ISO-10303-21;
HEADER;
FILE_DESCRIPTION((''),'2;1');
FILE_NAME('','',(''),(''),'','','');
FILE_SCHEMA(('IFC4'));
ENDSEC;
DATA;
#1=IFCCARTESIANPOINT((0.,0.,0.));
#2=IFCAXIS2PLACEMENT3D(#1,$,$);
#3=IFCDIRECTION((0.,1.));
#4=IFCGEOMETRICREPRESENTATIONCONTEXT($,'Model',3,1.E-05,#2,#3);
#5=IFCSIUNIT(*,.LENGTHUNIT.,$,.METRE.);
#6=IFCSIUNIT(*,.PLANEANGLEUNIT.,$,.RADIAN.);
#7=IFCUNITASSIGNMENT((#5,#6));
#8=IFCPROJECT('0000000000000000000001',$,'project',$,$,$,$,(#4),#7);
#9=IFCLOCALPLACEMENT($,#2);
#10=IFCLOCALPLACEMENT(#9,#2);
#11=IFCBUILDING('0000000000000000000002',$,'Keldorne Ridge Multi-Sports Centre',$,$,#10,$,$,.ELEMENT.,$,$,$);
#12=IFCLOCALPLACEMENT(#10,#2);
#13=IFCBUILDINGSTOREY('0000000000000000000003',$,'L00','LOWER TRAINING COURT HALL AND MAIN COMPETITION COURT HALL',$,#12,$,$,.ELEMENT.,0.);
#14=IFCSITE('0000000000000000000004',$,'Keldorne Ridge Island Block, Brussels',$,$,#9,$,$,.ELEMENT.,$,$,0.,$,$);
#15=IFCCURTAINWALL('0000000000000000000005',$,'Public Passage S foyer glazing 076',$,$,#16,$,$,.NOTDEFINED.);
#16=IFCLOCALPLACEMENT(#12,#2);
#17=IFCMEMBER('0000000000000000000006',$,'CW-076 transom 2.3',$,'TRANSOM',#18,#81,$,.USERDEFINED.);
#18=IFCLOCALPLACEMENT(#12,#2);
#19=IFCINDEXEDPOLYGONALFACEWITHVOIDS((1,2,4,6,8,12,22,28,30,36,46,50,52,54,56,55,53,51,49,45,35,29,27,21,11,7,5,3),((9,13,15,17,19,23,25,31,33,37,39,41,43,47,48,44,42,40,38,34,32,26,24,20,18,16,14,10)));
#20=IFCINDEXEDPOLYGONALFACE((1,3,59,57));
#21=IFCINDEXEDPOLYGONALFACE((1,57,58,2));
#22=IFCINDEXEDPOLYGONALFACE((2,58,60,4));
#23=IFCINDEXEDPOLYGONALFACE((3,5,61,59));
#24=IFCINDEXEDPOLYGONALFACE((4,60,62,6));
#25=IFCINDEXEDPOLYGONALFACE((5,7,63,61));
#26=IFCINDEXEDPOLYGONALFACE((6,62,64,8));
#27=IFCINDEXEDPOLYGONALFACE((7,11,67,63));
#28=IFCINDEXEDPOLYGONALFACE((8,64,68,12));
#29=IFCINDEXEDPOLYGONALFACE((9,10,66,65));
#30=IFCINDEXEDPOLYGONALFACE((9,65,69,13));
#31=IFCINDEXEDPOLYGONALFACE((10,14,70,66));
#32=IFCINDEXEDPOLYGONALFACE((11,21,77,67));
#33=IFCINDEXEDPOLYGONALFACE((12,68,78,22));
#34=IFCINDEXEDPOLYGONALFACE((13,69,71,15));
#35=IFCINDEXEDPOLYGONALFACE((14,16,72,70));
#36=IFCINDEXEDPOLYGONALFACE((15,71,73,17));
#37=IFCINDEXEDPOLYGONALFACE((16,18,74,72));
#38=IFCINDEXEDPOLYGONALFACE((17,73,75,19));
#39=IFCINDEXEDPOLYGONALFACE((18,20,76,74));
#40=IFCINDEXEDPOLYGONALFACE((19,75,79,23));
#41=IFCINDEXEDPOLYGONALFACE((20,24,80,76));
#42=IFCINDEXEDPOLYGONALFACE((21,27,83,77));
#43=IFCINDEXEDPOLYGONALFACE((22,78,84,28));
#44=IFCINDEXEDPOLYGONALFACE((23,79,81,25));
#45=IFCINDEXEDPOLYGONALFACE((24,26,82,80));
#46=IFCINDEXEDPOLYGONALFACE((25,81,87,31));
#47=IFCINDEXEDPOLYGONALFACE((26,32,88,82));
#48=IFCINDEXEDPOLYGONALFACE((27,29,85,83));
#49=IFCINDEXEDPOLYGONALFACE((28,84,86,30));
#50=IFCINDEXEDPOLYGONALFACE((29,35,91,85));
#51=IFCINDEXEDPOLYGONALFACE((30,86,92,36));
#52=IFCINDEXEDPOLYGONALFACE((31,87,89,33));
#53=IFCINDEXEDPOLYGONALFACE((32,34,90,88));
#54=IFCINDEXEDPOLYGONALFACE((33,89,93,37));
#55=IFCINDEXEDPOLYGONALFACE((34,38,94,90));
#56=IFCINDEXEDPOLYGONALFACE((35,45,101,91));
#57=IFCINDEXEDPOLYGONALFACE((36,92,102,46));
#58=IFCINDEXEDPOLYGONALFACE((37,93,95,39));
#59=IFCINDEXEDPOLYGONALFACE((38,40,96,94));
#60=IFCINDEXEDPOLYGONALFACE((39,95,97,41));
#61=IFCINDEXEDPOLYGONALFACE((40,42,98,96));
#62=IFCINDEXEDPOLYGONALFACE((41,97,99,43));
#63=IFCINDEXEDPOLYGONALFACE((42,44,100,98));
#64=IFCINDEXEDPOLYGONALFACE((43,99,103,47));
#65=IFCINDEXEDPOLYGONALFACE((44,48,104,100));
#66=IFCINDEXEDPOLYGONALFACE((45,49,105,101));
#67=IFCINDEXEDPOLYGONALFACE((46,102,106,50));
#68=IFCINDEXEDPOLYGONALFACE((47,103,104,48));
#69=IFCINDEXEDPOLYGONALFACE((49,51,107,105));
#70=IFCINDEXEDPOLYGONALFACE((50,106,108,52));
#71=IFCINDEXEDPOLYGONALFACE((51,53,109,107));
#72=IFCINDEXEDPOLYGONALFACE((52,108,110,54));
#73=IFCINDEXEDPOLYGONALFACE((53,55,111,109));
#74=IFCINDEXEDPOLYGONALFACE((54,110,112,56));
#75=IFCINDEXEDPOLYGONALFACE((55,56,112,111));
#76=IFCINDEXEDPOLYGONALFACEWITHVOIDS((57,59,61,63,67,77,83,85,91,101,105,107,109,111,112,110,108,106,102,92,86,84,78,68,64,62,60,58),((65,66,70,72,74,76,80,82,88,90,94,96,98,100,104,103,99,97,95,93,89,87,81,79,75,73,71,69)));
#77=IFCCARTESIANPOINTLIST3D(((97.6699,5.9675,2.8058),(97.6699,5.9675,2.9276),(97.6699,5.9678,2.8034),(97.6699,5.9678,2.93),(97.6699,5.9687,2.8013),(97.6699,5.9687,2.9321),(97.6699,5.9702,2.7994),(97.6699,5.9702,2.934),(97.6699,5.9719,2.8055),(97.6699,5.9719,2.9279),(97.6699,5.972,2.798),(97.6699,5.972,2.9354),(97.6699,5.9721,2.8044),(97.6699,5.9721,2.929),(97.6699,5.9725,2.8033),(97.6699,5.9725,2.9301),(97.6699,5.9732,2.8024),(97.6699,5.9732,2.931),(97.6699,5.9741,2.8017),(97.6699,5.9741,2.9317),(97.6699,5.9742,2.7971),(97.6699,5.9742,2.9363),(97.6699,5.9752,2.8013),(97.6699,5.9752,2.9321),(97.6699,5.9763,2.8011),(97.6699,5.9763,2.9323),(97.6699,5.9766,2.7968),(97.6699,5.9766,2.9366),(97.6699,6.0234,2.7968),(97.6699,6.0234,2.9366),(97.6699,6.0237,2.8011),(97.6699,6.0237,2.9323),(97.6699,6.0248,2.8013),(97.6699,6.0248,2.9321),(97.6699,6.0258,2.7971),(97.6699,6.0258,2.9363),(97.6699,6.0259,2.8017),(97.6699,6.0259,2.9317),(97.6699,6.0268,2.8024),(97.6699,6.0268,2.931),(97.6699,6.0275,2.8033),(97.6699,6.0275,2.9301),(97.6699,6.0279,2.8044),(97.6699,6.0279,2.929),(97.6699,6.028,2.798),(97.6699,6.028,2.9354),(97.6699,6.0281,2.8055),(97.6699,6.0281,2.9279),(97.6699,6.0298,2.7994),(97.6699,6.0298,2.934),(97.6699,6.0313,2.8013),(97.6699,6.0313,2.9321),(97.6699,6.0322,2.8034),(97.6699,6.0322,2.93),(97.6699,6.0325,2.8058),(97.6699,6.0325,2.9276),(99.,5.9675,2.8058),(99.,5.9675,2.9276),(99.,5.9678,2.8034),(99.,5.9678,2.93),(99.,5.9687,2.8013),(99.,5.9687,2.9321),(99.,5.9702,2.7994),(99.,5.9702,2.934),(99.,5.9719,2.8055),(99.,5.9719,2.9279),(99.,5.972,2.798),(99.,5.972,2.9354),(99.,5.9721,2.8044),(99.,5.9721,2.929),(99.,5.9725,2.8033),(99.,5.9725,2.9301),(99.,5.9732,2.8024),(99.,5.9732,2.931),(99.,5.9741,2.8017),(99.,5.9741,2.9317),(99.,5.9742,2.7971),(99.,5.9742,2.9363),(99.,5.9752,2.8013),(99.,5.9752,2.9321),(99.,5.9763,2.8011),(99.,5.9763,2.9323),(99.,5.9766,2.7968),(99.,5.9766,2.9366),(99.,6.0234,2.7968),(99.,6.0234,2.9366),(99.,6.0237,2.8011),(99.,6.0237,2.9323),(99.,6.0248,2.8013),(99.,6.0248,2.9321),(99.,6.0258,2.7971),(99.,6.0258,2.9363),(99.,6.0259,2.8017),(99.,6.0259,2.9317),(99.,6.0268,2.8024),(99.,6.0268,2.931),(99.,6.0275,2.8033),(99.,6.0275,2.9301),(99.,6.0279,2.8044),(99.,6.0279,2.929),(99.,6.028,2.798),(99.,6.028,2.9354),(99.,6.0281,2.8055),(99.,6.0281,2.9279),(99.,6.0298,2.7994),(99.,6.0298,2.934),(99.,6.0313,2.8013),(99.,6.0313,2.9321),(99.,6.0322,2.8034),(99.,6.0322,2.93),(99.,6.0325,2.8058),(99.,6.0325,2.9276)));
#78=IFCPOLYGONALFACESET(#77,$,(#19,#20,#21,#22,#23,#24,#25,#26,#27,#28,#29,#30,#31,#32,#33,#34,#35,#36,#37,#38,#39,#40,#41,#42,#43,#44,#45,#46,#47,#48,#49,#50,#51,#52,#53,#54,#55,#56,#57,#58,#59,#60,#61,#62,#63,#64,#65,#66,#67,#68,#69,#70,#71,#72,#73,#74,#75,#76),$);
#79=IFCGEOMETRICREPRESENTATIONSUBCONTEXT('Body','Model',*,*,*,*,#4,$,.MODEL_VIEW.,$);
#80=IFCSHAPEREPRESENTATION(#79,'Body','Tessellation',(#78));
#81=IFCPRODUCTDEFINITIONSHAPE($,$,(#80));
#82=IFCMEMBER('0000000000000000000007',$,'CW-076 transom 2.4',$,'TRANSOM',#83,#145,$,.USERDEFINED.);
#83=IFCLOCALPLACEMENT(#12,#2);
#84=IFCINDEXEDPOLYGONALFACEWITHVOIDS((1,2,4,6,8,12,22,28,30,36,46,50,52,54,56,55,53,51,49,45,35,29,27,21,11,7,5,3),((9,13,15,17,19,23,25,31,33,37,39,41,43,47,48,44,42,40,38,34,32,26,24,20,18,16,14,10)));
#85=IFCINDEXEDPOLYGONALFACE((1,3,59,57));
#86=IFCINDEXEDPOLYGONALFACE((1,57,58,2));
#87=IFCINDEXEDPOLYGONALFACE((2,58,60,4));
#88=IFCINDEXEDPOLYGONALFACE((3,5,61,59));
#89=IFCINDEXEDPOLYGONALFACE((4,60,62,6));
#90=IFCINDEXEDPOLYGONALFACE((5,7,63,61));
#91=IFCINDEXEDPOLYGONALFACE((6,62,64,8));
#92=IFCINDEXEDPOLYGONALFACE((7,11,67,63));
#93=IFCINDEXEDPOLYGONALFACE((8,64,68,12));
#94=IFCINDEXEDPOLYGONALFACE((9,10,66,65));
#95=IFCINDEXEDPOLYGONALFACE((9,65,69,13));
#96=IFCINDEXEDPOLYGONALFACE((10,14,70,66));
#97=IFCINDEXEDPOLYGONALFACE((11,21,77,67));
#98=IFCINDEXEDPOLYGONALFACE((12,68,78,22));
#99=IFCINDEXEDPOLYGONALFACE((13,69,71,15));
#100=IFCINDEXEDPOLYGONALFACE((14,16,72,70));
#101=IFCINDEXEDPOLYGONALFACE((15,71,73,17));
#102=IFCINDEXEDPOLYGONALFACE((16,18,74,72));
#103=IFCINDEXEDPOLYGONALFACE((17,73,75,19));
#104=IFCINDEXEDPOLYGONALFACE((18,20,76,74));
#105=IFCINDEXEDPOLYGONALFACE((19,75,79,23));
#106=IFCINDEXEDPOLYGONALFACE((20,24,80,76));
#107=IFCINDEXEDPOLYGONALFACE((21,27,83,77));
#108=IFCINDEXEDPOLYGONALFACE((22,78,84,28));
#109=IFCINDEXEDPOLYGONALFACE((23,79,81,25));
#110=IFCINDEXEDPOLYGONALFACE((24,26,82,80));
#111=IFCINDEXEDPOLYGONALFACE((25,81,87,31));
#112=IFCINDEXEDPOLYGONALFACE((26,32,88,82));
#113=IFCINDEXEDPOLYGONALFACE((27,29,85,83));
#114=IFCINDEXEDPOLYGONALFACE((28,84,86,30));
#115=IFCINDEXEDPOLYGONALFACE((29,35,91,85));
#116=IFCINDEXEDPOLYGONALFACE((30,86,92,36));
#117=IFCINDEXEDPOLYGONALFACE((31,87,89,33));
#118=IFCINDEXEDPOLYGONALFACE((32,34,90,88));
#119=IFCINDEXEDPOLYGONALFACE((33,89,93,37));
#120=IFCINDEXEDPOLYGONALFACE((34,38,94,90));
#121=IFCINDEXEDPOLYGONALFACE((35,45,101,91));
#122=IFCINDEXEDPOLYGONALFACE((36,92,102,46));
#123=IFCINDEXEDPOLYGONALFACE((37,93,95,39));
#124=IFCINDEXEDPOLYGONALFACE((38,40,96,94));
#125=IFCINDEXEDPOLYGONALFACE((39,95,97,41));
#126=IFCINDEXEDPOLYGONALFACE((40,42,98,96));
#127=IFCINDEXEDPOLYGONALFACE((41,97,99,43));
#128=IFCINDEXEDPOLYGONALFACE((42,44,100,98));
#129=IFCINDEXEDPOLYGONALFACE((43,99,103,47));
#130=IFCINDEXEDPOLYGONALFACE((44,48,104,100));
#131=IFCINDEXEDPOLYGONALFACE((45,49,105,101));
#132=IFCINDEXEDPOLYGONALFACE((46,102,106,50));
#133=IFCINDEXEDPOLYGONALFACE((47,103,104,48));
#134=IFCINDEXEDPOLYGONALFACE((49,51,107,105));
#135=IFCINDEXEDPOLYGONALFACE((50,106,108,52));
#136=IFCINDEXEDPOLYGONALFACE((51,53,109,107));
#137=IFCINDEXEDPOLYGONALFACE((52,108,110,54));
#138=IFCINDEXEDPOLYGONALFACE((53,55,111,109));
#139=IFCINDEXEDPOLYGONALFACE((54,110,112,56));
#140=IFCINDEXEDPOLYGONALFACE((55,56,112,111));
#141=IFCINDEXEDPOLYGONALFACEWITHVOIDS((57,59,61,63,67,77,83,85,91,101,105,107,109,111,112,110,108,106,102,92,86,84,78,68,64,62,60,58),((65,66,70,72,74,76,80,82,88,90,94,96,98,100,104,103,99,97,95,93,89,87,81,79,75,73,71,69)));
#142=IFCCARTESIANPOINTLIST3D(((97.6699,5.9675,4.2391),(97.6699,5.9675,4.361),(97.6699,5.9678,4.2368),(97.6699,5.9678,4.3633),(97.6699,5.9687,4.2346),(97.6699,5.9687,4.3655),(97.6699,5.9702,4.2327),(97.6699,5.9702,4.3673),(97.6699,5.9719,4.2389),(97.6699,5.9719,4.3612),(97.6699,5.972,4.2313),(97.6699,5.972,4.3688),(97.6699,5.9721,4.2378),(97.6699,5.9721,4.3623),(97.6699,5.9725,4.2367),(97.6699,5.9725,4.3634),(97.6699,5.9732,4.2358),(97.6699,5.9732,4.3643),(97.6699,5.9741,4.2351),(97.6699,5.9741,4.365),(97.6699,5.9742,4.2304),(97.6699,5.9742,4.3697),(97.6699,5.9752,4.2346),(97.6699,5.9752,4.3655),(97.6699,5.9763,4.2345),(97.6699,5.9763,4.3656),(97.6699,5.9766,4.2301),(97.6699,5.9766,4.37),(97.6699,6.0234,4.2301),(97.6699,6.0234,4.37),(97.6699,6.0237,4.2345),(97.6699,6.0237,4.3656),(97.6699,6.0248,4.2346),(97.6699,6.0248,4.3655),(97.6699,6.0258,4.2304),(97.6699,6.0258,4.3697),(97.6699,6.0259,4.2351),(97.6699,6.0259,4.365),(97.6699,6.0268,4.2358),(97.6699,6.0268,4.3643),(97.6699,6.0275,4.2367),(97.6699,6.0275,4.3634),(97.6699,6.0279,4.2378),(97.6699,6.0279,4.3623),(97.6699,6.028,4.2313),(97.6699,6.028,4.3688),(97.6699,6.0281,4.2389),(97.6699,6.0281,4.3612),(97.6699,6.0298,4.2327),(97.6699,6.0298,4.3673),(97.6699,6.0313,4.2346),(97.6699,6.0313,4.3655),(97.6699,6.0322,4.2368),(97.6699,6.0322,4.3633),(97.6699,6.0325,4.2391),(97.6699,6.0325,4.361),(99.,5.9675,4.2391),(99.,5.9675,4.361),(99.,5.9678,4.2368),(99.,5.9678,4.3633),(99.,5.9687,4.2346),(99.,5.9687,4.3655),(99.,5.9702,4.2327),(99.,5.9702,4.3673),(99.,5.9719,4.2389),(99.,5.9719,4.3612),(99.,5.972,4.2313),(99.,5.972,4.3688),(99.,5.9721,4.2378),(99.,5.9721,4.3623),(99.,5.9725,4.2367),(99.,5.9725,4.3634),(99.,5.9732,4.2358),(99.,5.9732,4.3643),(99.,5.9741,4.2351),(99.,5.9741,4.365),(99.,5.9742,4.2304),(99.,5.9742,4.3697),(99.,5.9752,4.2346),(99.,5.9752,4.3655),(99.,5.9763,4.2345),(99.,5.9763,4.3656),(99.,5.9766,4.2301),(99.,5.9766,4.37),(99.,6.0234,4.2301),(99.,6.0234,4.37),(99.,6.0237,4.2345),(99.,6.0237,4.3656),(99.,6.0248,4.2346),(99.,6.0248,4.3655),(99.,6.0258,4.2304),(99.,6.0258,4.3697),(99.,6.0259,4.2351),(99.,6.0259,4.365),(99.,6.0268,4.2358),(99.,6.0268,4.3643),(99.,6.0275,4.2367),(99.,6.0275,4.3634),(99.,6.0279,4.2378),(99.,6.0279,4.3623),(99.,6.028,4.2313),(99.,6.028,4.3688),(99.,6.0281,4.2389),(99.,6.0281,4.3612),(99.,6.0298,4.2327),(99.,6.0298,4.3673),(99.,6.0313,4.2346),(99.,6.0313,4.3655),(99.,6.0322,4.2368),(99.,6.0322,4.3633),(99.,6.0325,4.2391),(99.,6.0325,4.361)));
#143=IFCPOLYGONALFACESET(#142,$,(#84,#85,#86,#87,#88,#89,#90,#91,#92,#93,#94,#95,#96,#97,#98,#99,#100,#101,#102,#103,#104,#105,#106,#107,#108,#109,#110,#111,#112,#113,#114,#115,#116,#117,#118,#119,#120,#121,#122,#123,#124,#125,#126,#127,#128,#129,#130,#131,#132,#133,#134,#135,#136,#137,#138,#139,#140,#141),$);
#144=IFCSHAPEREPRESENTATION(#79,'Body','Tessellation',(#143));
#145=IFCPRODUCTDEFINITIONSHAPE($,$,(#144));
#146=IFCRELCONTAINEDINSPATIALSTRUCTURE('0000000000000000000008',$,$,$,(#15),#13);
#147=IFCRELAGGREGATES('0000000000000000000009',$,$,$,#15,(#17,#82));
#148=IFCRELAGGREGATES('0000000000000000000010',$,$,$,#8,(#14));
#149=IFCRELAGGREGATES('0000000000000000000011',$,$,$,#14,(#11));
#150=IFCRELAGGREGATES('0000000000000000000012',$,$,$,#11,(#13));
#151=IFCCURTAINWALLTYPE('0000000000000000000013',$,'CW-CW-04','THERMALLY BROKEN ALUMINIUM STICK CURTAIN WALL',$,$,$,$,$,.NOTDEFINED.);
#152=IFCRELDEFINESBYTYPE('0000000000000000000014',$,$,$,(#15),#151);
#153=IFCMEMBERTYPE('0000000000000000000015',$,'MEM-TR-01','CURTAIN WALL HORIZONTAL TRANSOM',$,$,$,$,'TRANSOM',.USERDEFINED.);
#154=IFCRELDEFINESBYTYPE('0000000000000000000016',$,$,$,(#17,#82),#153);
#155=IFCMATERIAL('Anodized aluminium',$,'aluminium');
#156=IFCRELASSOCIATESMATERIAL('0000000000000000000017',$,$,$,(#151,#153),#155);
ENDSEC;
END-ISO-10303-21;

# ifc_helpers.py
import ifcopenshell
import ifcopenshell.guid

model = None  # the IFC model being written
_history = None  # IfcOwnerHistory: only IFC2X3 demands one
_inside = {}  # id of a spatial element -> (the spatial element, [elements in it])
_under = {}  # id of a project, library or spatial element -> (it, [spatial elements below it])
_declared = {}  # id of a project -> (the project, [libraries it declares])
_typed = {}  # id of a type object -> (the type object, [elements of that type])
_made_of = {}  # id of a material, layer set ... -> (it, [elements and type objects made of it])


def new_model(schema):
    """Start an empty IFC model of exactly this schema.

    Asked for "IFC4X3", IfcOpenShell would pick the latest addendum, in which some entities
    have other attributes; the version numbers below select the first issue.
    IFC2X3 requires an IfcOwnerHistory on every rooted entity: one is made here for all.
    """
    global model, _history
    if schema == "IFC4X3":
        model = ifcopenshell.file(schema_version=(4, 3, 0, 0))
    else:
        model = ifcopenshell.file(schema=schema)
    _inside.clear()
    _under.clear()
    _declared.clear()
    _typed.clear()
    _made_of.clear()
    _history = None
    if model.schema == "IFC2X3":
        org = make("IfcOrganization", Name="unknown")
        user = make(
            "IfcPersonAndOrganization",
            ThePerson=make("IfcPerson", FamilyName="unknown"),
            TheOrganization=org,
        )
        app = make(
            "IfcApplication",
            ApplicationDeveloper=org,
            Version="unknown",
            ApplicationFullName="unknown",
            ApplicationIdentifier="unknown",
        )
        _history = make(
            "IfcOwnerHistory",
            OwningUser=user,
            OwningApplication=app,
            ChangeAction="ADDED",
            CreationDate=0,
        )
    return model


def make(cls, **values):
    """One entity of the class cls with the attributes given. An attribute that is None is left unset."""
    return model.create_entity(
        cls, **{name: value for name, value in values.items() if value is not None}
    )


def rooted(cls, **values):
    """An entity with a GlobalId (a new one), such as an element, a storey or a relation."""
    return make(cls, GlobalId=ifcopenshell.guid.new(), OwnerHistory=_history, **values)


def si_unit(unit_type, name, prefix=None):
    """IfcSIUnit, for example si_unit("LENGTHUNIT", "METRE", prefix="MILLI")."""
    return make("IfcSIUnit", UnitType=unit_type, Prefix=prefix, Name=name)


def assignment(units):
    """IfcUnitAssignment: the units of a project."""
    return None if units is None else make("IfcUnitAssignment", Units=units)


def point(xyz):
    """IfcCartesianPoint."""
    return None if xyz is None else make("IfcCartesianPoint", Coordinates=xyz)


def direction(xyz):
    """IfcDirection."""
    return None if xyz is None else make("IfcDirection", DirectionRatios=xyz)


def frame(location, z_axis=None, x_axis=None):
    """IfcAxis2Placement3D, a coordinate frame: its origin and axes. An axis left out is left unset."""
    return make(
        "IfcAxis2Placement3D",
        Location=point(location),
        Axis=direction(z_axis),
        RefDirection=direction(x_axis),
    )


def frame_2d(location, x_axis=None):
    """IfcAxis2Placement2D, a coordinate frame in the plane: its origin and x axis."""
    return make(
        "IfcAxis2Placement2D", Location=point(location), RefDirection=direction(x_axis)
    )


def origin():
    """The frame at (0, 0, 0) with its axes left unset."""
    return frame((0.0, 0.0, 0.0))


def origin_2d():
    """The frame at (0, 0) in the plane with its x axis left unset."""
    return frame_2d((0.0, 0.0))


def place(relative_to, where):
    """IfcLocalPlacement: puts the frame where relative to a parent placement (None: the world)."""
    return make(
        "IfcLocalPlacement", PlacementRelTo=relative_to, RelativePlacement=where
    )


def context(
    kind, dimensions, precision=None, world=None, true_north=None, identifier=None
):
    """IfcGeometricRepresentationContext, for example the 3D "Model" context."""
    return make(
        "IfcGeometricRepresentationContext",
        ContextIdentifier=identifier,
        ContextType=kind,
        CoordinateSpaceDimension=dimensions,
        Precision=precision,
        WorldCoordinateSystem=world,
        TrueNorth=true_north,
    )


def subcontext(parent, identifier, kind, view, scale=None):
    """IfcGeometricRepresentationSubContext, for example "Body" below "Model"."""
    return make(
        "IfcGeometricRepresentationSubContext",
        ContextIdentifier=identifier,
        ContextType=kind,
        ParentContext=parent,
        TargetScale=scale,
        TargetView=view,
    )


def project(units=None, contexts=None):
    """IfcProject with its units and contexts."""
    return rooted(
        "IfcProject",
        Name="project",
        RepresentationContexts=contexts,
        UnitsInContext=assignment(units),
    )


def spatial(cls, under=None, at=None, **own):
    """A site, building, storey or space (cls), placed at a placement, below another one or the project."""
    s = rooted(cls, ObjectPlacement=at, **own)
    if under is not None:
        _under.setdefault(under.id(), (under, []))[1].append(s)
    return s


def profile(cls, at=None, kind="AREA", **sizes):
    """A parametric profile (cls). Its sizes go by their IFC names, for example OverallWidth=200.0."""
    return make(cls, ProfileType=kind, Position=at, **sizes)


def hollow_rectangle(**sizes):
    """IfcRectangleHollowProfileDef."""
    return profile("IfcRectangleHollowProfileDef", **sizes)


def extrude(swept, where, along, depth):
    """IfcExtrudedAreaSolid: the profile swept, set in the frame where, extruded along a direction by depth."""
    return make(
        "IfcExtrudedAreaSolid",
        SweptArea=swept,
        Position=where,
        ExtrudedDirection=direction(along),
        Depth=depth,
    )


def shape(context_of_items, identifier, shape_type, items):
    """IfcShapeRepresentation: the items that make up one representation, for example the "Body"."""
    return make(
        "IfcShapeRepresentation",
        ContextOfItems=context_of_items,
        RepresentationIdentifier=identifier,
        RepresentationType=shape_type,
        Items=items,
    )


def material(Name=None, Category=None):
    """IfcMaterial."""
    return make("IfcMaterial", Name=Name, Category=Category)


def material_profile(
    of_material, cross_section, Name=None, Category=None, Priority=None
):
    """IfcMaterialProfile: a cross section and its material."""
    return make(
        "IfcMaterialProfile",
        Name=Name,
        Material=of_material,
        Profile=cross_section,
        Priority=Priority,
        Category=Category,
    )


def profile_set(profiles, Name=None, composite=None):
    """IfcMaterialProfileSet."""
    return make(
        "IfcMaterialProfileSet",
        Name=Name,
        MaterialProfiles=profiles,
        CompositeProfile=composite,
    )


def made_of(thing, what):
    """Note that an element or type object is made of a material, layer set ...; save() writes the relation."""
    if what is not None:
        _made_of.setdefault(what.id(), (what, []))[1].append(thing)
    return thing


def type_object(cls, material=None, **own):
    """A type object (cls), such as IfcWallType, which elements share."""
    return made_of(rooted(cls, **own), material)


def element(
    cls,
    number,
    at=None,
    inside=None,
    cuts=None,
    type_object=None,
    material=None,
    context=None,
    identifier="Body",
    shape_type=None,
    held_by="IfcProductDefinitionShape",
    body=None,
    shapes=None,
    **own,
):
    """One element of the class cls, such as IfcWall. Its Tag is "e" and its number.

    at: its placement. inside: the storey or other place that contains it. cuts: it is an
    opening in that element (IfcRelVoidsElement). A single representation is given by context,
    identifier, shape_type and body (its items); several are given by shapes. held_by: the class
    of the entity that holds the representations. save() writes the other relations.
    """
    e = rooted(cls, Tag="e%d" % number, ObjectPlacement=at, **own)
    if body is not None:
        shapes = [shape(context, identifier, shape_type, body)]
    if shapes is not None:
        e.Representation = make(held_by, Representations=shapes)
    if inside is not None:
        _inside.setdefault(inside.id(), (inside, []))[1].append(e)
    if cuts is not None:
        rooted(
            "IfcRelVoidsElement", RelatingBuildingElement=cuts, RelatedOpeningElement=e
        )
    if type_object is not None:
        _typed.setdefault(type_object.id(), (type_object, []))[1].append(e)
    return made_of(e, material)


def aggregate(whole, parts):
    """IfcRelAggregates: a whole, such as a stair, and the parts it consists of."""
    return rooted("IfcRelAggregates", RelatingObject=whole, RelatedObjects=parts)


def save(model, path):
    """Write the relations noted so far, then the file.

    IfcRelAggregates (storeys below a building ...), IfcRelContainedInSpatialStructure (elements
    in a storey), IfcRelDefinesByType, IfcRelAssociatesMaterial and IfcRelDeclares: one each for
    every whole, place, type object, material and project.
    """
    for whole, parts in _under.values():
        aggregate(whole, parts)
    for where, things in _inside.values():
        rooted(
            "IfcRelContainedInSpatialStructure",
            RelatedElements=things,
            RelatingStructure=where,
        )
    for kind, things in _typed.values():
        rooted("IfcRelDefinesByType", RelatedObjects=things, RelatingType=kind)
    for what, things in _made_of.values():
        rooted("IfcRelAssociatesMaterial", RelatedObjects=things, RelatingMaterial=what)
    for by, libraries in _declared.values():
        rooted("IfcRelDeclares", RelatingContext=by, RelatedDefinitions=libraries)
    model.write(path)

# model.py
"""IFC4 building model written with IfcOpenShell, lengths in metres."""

from ifc_helpers import new_model, si_unit, direction, frame, origin, origin_2d, place, context, subcontext, project, spatial, hollow_rectangle, extrude, material, material_profile, profile_set, type_object, element, aggregate, save


model = new_model("IFC4")

# Units and contexts
model_context = context("Model", 3, precision=1e-05, world=origin(), true_north=direction((0.0, 1.0)))
body_context = subcontext(model_context, "Body", "Model", "MODEL_VIEW")
ifc_project = project(units=[si_unit("LENGTHUNIT", "METRE"), si_unit("PLANEANGLEUNIT", "RADIAN")], contexts=[model_context])

# Site, building, storey
site_placement = place(None, origin())
site = spatial("IfcSite", under=ifc_project, at=site_placement, Name="Keldorne Ridge Island Block, Brussels", CompositionType="ELEMENT", RefElevation=0.0)
building_placement = place(site_placement, origin())
building = spatial("IfcBuilding", under=site, at=building_placement, Name="Keldorne Ridge Multi-Sports Centre", CompositionType="ELEMENT")
storey_placement = place(building_placement, origin())
storey = spatial("IfcBuildingStorey", under=building, at=storey_placement, Name="L00", Description="LOWER TRAINING COURT HALL AND MAIN COMPETITION COURT HALL", CompositionType="ELEMENT", Elevation=0.0)

# Curtain wall, members
ifc_material_1 = material(Name="Anodized aluminium", Category="aluminium")
curtain_wall_type = type_object("IfcCurtainWallType", Name="CW-CW-04", Description="THERMALLY BROKEN ALUMINIUM STICK CURTAIN WALL", PredefinedType="NOTDEFINED", material=ifc_material_1)
curtain_wall_placement = place(storey_placement, origin())
curtain_wall = element("IfcCurtainWall", 1, at=curtain_wall_placement, inside=storey, type_object=curtain_wall_type, Name="Public Passage S foyer glazing 076", PredefinedType="NOTDEFINED")
ifc_material_profile_1 = material_profile(ifc_material_1, hollow_rectangle(XDim=0.0649, YDim=0.1399, WallThickness=0.0044, InnerFilletRadius=0.0044, OuterFilletRadius=0.009, at=origin_2d()), Name="ALU TRANSOM 140x65x4.5")
ifc_profile_set_1 = profile_set([ifc_material_profile_1], Name="Anodized aluminium")
member_type_1 = type_object("IfcMemberType", Name="MEM-TR-01", Description="CURTAIN WALL HORIZONTAL TRANSOM", ElementType="TRANSOM", PredefinedType="USERDEFINED", material=ifc_profile_set_1)
member_1_placement = place(storey_placement, frame((97.6699, 6.0, 2.8667), z_axis=(1.0, 0.0, 0.0), x_axis=(0.0, 1.0, 0.0)))
member_1 = element("IfcMember", 2, at=member_1_placement, type_object=member_type_1, Name="CW-076 transom 2.3", ObjectType="TRANSOM", PredefinedType="USERDEFINED", context=body_context, shape_type="SweptSolid", body=[
    extrude(hollow_rectangle(XDim=0.0649, YDim=0.1399, WallThickness=0.0044, InnerFilletRadius=0.0044, OuterFilletRadius=0.009, at=origin_2d()), origin(), (0.0, 0.0, 1.0), 1.3301),
])
member_2_placement = place(storey_placement, frame((97.6699, 6.0, 4.3), z_axis=(1.0, 0.0, 0.0), x_axis=(0.0, 1.0, 0.0)))
member_2 = element("IfcMember", 3, at=member_2_placement, type_object=member_type_1, Name="CW-076 transom 2.4", ObjectType="TRANSOM", PredefinedType="USERDEFINED", context=body_context, shape_type="SweptSolid", body=[
    extrude(hollow_rectangle(XDim=0.0649, YDim=0.1399, WallThickness=0.0044, InnerFilletRadius=0.0044, OuterFilletRadius=0.009, at=origin_2d()), origin(), (0.0, 0.0, 1.0), 1.3301),
])
aggregate(curtain_wall, [member_1, member_2])

save(model, "model.ifc")
